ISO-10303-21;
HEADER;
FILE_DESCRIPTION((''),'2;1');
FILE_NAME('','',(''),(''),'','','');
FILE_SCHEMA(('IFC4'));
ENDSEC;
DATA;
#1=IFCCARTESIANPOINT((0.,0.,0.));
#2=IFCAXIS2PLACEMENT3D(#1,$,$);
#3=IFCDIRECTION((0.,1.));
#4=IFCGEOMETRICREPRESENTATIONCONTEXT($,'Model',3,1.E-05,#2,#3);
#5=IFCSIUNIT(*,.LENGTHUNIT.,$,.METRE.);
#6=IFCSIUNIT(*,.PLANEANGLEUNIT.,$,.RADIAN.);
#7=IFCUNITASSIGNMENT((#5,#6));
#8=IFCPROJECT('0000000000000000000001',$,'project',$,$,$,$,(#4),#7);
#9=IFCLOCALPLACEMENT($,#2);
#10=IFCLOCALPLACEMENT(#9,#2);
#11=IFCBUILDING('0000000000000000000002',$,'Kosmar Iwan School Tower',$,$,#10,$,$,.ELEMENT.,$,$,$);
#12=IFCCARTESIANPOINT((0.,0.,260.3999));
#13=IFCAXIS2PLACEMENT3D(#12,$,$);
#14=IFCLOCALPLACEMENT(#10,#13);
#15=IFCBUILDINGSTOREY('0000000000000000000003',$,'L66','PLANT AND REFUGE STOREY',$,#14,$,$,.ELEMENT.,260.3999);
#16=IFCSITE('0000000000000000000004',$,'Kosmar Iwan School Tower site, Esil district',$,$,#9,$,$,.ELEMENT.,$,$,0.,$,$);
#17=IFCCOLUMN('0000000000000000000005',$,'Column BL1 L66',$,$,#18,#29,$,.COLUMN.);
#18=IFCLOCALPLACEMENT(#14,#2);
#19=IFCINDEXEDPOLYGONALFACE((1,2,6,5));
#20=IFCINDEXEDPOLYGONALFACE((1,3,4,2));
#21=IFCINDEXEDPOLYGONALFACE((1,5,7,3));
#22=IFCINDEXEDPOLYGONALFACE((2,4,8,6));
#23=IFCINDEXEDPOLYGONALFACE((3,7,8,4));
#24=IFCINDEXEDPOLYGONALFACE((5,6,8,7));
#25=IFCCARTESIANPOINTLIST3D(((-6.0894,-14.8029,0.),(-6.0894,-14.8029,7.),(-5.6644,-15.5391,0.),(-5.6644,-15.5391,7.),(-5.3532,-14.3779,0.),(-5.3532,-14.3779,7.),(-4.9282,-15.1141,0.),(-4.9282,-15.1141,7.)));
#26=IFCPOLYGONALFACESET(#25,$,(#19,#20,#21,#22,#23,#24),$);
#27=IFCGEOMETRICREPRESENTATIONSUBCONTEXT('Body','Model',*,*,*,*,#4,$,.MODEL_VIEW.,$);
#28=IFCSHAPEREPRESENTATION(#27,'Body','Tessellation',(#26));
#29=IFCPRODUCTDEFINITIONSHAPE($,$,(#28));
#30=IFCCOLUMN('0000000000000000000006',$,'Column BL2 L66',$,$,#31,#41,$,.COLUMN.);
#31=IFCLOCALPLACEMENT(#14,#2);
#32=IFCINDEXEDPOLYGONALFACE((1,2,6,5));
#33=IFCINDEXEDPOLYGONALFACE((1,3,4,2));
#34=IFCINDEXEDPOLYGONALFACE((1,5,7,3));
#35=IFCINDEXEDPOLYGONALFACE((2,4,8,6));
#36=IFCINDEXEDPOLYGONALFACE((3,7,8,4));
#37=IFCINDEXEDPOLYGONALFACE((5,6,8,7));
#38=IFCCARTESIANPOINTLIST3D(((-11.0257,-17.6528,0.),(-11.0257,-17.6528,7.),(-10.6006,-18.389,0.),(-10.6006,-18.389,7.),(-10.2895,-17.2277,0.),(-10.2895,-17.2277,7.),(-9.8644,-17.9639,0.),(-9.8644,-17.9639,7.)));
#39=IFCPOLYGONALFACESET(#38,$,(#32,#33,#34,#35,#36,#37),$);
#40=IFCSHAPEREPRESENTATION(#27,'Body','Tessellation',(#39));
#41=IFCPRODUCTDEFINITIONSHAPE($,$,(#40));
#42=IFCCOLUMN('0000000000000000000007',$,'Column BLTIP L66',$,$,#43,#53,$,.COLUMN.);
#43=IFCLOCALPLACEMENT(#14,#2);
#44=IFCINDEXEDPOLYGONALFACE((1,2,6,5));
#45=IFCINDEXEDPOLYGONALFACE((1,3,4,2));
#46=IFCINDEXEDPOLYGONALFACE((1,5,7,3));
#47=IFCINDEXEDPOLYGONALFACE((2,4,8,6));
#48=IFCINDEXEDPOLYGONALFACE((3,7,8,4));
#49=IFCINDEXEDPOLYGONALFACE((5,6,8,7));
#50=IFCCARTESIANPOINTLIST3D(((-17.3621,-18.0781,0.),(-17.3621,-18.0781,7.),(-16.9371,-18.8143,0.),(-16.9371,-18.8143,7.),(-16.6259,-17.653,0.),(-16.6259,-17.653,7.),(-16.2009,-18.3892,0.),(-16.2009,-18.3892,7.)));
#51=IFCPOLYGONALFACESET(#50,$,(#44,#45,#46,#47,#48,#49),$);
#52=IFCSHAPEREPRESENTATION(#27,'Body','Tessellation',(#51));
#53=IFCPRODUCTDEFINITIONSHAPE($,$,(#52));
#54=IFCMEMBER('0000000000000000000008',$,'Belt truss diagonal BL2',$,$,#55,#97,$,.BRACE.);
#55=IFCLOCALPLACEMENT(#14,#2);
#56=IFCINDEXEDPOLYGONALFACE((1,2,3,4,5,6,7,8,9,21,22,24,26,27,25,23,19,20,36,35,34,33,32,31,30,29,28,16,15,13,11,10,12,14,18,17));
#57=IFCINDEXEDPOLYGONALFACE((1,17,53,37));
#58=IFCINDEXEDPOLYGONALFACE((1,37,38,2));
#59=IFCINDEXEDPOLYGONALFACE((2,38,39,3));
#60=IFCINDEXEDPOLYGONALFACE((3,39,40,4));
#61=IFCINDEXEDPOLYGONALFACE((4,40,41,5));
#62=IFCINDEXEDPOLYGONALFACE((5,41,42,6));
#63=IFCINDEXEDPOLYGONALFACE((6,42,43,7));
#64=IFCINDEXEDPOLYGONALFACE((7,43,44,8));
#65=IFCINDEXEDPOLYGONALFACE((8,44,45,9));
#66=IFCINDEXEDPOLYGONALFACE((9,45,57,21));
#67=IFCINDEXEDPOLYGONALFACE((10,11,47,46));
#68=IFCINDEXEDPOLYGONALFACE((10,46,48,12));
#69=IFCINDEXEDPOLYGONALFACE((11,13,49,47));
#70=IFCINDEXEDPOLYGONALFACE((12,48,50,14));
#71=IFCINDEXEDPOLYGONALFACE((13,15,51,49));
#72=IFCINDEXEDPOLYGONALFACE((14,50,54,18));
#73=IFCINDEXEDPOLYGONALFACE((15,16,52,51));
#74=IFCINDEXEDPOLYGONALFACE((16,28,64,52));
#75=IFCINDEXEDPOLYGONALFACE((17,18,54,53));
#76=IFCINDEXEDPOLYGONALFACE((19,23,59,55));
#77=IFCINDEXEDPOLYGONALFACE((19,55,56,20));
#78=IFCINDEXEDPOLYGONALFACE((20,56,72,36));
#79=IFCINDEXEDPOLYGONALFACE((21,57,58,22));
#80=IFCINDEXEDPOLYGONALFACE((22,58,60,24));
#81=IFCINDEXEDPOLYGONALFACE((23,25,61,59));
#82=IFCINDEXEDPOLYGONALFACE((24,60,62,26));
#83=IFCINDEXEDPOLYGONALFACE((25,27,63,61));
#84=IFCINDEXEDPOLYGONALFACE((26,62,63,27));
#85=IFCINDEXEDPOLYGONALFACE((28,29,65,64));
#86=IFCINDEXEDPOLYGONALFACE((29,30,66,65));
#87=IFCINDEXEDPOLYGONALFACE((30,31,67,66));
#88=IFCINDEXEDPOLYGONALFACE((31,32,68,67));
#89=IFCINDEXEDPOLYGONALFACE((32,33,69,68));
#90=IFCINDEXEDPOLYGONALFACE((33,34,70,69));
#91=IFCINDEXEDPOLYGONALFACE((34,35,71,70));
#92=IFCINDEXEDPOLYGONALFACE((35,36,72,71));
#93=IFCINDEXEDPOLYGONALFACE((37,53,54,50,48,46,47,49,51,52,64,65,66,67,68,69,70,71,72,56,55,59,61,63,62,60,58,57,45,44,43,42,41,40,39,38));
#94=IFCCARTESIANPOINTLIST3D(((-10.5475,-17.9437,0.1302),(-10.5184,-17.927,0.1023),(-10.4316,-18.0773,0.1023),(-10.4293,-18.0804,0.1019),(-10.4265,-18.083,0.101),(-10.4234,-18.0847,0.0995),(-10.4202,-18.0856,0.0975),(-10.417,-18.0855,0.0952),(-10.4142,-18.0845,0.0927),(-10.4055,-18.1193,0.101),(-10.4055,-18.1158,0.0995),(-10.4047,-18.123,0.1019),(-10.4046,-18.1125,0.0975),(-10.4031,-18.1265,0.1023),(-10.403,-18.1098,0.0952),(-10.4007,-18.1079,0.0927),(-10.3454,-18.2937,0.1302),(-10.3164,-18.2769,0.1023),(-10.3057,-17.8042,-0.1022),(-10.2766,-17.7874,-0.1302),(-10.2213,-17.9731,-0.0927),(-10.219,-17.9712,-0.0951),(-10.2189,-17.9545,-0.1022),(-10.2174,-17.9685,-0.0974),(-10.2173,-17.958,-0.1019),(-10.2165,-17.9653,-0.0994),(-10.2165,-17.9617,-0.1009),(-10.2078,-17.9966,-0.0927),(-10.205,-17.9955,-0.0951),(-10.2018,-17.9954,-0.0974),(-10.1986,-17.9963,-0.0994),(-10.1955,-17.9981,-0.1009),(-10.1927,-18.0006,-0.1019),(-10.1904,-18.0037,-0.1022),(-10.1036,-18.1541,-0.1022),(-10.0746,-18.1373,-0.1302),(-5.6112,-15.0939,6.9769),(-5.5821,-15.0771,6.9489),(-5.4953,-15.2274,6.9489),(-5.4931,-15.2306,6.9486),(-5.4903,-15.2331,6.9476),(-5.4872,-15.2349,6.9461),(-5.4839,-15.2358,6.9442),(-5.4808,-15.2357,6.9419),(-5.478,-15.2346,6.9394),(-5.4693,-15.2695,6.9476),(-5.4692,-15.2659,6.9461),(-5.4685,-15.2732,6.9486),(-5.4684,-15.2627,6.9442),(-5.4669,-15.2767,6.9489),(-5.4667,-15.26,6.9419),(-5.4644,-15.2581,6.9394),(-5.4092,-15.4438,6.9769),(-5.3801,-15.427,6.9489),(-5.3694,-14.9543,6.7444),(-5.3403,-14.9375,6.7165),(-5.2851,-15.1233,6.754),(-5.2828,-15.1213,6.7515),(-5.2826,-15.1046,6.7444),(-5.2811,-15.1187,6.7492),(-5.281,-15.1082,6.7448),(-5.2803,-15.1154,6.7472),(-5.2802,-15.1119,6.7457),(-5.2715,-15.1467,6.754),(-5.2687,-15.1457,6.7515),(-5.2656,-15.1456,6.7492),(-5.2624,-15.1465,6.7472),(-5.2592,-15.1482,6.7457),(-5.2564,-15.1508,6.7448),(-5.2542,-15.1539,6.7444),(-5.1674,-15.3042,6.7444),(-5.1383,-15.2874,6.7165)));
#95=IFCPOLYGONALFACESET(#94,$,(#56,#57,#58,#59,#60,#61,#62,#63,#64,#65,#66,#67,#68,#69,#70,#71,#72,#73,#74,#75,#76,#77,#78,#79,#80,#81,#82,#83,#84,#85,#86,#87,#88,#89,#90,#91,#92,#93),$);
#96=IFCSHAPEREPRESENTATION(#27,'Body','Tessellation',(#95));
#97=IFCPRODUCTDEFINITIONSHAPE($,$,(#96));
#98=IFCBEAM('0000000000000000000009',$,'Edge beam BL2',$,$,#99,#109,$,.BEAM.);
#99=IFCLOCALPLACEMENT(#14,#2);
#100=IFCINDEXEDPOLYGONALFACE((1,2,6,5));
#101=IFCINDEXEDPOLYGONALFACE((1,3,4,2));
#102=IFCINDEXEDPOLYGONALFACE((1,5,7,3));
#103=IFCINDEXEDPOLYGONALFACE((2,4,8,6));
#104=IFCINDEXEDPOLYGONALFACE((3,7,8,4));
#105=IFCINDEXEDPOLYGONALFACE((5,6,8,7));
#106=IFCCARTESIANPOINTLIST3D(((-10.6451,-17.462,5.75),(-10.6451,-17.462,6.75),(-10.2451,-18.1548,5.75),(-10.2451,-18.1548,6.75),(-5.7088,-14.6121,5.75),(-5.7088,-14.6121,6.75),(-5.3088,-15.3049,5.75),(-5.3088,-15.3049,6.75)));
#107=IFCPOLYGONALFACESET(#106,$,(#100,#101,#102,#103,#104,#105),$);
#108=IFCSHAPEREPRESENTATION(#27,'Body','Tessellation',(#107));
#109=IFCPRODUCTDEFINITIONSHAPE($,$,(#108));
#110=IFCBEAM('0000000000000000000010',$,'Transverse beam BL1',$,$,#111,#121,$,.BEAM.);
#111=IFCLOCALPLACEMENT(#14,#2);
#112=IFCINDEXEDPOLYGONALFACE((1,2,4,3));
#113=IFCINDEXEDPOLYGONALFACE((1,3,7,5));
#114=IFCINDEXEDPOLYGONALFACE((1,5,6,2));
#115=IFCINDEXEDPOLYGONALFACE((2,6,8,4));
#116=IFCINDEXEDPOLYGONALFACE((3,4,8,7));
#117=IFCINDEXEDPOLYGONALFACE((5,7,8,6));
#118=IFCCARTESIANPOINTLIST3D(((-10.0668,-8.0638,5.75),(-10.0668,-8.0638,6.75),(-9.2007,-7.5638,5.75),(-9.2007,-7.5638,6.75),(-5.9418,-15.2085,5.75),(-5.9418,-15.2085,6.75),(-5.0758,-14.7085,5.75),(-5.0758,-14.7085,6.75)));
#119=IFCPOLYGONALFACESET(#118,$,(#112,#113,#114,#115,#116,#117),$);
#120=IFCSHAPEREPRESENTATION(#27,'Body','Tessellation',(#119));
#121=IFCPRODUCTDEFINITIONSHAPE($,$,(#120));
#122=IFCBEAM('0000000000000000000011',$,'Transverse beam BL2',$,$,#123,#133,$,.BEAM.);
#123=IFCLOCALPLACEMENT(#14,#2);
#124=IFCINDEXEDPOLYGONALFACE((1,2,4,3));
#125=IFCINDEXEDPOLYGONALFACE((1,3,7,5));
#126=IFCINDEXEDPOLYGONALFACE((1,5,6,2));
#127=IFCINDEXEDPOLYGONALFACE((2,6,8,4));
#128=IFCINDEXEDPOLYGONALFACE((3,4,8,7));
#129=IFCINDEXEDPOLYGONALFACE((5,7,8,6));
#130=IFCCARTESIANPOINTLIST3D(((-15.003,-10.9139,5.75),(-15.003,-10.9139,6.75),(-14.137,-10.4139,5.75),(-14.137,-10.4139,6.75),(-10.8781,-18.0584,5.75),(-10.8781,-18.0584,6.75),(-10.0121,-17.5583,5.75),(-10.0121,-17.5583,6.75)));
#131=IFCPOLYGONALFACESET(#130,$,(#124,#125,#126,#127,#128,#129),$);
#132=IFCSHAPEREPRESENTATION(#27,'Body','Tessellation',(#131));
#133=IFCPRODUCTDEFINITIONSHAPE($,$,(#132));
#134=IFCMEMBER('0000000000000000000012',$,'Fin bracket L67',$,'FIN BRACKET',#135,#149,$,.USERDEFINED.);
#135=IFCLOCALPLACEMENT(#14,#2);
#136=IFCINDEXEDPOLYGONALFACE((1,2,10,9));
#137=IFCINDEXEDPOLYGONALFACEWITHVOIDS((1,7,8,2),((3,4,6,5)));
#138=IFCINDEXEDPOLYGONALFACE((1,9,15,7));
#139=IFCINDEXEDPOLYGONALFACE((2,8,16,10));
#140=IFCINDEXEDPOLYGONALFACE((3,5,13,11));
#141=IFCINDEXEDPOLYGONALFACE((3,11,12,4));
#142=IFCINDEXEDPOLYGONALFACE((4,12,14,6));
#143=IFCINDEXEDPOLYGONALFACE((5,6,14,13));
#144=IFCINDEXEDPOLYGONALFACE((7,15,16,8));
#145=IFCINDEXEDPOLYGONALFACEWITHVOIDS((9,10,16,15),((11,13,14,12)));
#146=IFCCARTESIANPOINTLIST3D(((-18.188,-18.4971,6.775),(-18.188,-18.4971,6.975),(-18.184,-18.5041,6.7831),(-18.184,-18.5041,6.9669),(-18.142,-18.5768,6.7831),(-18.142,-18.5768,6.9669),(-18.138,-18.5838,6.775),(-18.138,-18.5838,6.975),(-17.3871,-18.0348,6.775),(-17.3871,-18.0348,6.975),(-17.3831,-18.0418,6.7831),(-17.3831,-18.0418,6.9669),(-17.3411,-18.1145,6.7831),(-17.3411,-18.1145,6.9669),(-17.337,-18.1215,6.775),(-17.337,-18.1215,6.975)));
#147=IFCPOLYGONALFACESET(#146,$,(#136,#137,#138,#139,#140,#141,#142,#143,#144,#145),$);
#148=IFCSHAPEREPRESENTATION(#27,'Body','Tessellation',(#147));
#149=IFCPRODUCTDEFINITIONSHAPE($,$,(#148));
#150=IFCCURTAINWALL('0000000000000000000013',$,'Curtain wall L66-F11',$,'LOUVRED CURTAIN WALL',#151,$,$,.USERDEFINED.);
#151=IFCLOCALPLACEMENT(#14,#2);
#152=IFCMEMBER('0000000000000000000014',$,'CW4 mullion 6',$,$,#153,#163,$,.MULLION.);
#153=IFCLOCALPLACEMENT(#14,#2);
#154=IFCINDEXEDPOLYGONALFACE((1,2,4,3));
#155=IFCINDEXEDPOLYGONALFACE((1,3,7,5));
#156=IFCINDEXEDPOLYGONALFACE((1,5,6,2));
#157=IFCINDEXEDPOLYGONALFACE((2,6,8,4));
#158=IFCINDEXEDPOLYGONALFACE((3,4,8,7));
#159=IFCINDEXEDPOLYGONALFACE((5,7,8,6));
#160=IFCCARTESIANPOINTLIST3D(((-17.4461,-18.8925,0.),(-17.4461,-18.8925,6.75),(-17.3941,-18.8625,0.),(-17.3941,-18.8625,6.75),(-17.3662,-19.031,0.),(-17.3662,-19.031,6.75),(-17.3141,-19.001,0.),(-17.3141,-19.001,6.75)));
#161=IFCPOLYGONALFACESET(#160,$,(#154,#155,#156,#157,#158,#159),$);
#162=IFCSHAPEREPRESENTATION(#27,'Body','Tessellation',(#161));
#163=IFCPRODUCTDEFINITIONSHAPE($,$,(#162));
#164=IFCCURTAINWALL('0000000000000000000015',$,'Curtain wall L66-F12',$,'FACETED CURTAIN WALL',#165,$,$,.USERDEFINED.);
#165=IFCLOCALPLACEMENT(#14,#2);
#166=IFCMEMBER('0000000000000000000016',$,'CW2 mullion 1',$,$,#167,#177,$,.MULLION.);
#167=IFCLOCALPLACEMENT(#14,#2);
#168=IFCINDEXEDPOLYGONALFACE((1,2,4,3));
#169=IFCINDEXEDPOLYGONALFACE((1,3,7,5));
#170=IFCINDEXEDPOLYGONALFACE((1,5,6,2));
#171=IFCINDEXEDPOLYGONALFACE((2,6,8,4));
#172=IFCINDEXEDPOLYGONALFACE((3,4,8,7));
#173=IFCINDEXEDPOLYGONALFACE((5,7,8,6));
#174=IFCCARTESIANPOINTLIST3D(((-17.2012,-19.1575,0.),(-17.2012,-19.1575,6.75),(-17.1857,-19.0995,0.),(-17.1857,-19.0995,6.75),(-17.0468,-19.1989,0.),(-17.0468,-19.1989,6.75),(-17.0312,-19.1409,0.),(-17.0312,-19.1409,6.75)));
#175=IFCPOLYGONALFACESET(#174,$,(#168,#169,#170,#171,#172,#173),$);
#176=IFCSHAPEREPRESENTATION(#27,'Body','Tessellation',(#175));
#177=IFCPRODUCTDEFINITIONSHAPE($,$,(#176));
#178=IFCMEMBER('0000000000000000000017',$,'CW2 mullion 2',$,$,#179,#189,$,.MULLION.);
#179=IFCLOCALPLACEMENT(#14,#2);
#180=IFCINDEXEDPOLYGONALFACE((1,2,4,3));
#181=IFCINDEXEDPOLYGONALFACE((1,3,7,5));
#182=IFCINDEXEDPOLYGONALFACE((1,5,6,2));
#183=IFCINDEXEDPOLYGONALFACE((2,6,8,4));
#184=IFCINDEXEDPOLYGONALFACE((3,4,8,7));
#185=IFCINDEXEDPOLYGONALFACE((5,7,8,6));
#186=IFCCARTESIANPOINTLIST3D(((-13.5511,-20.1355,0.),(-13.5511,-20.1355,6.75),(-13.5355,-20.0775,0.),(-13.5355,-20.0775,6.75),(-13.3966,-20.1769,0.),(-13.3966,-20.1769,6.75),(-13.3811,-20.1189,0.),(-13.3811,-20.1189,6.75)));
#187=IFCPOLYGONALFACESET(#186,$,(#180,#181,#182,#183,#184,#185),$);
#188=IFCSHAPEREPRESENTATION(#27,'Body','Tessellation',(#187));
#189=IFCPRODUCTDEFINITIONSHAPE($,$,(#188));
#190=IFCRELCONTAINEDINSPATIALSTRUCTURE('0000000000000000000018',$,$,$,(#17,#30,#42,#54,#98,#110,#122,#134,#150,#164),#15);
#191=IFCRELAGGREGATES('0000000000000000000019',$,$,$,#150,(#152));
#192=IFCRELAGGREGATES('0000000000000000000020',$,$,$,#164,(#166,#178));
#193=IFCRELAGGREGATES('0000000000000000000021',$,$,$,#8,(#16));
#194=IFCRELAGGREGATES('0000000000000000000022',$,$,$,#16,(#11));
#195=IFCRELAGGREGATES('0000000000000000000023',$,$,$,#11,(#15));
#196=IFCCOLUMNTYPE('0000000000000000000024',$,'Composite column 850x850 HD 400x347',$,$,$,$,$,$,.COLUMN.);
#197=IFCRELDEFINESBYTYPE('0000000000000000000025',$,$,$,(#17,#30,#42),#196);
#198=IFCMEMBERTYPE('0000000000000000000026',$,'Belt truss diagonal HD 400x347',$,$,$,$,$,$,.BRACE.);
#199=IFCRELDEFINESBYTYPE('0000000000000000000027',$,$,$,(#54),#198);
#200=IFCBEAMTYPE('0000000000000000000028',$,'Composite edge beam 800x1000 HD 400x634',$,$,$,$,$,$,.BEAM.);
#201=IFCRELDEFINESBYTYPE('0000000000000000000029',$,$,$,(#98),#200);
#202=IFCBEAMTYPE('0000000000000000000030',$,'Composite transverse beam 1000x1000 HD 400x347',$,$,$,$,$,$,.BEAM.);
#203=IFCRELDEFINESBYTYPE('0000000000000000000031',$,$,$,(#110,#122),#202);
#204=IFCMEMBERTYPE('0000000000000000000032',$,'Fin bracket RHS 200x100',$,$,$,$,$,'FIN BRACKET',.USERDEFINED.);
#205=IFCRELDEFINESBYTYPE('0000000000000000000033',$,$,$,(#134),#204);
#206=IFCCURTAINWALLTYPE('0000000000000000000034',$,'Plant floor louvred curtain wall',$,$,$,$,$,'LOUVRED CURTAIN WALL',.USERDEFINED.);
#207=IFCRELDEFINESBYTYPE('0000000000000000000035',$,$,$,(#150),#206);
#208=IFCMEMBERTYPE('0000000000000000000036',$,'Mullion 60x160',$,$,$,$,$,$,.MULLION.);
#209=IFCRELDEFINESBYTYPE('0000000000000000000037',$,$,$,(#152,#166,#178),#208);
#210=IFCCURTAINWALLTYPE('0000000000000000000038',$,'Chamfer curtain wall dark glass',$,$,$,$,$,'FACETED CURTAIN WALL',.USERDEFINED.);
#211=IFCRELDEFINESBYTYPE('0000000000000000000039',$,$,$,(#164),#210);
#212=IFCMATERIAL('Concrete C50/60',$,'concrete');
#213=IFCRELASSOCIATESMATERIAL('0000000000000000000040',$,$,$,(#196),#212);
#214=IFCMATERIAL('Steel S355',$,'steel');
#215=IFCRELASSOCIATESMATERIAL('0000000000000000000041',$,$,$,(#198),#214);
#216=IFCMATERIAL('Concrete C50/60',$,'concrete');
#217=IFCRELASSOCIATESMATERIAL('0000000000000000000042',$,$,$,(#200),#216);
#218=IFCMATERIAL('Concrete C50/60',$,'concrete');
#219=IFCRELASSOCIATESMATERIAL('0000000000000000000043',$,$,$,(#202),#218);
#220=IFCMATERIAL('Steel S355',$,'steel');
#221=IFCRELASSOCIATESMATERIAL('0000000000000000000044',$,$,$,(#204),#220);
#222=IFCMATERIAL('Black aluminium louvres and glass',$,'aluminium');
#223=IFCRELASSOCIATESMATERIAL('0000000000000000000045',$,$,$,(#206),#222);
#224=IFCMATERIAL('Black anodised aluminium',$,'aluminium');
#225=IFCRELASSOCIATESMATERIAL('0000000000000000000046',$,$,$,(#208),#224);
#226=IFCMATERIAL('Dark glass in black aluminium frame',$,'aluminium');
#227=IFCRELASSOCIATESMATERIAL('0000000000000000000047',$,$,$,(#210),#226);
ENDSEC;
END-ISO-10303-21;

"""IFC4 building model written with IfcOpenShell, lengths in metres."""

from ifc_helpers import new_model, si_unit, direction, frame, origin, origin_2d, place, context, subcontext, project, spatial, rectangle, hollow_rectangle, i_section, extrude, material, material_profile, profile_set, type_object, element, aggregate, save


model = new_model("IFC4")

# Units and contexts
model_context = context("Model", 3, precision=1e-05, world=origin(), true_north=direction((0.0, 1.0)))
body_context = subcontext(model_context, "Body", "Model", "MODEL_VIEW")
ifc_project = project(units=[si_unit("LENGTHUNIT", "METRE"), si_unit("PLANEANGLEUNIT", "RADIAN")], contexts=[model_context])

# Site, building, storey
site_placement = place(None, origin())
site = spatial("IfcSite", under=ifc_project, at=site_placement, Name="Kosmar Iwan School Tower site, Esil district", CompositionType="ELEMENT", RefElevation=0.0)
building_placement = place(site_placement, origin())
building = spatial("IfcBuilding", under=site, at=building_placement, Name="Kosmar Iwan School Tower", CompositionType="ELEMENT")
storey_placement = place(building_placement, frame((0.0, 0.0, 260.3999)))
storey = spatial("IfcBuildingStorey", under=building, at=storey_placement, Name="L66", Description="PLANT AND REFUGE STOREY", CompositionType="ELEMENT", Elevation=260.3999)

# Columns
ifc_material_1 = material(Name="Concrete C50/60", Category="concrete")
ifc_material_profile_1 = material_profile(ifc_material_1, rectangle(XDim=0.8501, YDim=0.8501, at=origin_2d()), Name="RC 850x850 + HD 400x347")
ifc_profile_set_1 = profile_set([ifc_material_profile_1], Name="Concrete C50/60")
column_type = type_object("IfcColumnType", Name="Composite column 850x850 HD 400x347", PredefinedType="COLUMN", material=ifc_profile_set_1)
for number, where, z_axis, x_axis, name in (
    (1, (-5.5088, -14.9585, 0.0), (0.0, 0.0, 1.0), (-0.866025, -0.5, 0.0), "Column BL1 L66"),
    (2, (-10.4451, -17.8083, 0.0), (0.0, 0.0, 1.0), (-0.866025, -0.5, 0.0), "Column BL2 L66"),
    (3, (-16.7815, -18.2336, 0.0), (0.0, 0.0, 1.0), (-0.866025, -0.5, 0.0), "Column BLTIP L66"),
):
    element("IfcColumn", number, at=place(storey_placement, frame(where, z_axis=z_axis, x_axis=x_axis)), inside=storey, type_object=column_type, Name=name, PredefinedType="COLUMN", context=body_context, shape_type="SweptSolid", body=[
        extrude(rectangle(XDim=0.8501, YDim=0.8501, at=origin_2d()), origin(), (0.0, 0.0, 1.0), 7.0),
    ])

# Member
ifc_material_2 = material(Name="Steel S355", Category="steel")
ifc_material_profile_2 = material_profile(ifc_material_2, i_section(OverallWidth=0.4041, OverallDepth=0.407, WebThickness=0.0271, FlangeThickness=0.0437, FilletRadius=0.0149, at=origin_2d()), Name="HD 400x347")
ifc_profile_set_2 = profile_set([ifc_material_profile_2], Name="Steel S355")
member_type_1 = type_object("IfcMemberType", Name="Belt truss diagonal HD 400x347", PredefinedType="BRACE", material=ifc_profile_set_2)
member_1_placement = place(storey_placement, frame((-5.3748, -15.1907, 6.8467), z_axis=(-0.554094, -0.319894, -0.768536), x_axis=(0.499986, -0.866034, 0.0)))
element("IfcMember", 4, at=member_1_placement, inside=storey, type_object=member_type_1, Name="Belt truss diagonal BL2", PredefinedType="BRACE", context=body_context, shape_type="SweptSolid", body=[
    extrude(i_section(OverallWidth=0.4041, OverallDepth=0.407, WebThickness=0.0271, FlangeThickness=0.0437, FilletRadius=0.0149, at=origin_2d()), origin(), (0.0, 0.0, 1.0), 8.9087),
])

# Beams
ifc_material_3 = material(Name="Concrete C50/60", Category="concrete")
ifc_material_profile_3 = material_profile(ifc_material_3, rectangle(XDim=0.8, YDim=1.0, at=origin_2d()), Name="RC 800x1000 + HD 400x634")
ifc_profile_set_3 = profile_set([ifc_material_profile_3], Name="Concrete C50/60")
beam_type_1 = type_object("IfcBeamType", Name="Composite edge beam 800x1000 HD 400x634", PredefinedType="BEAM", material=ifc_profile_set_3)
beam_1_placement = place(storey_placement, frame((-5.5088, -14.9585, 6.25), z_axis=(-0.866034, -0.499986, 0.0), x_axis=(0.499986, -0.866034, 0.0)))
element("IfcBeam", 5, at=beam_1_placement, inside=storey, type_object=beam_type_1, Name="Edge beam BL2", PredefinedType="BEAM", context=body_context, shape_type="SweptSolid", body=[
    extrude(rectangle(XDim=0.8, YDim=1.0, at=origin_2d()), origin(), (0.0, 0.0, 1.0), 5.7),
])
ifc_material_4 = material(Name="Concrete C50/60", Category="concrete")
ifc_material_profile_4 = material_profile(ifc_material_4, rectangle(XDim=1.0, YDim=1.0, at=origin_2d()), Name="RC 1000x1000 + HD 400x347")
ifc_profile_set_4 = profile_set([ifc_material_profile_4], Name="Concrete C50/60")
beam_type_2 = type_object("IfcBeamType", Name="Composite transverse beam 1000x1000 HD 400x347", PredefinedType="BEAM", material=ifc_profile_set_4)
beam_2_placement = place(storey_placement, frame((-5.5088, -14.9585, 6.25), z_axis=(-0.499997, 0.866027, 0.0), x_axis=(-0.866027, -0.499997, 0.0)))
element("IfcBeam", 6, at=beam_2_placement, inside=storey, type_object=beam_type_2, Name="Transverse beam BL1", PredefinedType="BEAM", context=body_context, shape_type="SweptSolid", body=[
    extrude(rectangle(XDim=1.0, YDim=1.0, at=origin_2d()), origin(), (0.0, 0.0, 1.0), 8.25),
])
beam_3_placement = place(storey_placement, frame((-10.4451, -17.8083, 6.25), z_axis=(-0.500009, 0.86602, 0.0), x_axis=(-0.86602, -0.500009, 0.0)))
element("IfcBeam", 7, at=beam_3_placement, inside=storey, type_object=beam_type_2, Name="Transverse beam BL2", PredefinedType="BEAM", context=body_context, shape_type="SweptSolid", body=[
    extrude(rectangle(XDim=1.0, YDim=1.0, at=origin_2d()), origin(), (0.0, 0.0, 1.0), 8.2498),
])

# Member
ifc_material_5 = material(Name="Steel S355", Category="steel")
ifc_material_profile_5 = material_profile(ifc_material_5, hollow_rectangle(XDim=0.1001, YDim=0.2, WallThickness=0.0081, at=origin_2d()), Name="RHS 200x100x8")
ifc_profile_set_5 = profile_set([ifc_material_profile_5], Name="Steel S355")
member_type_2 = type_object("IfcMemberType", Name="Fin bracket RHS 200x100", ElementType="FIN BRACKET", PredefinedType="USERDEFINED", material=ifc_profile_set_5)
member_2_placement = place(storey_placement, frame((-17.3621, -18.0781, 6.875), z_axis=(-0.866058, -0.499943, 0.0), x_axis=(0.499943, -0.866058, 0.0)))
element("IfcMember", 8, at=member_2_placement, inside=storey, type_object=member_type_2, Name="Fin bracket L67", ObjectType="FIN BRACKET", PredefinedType="USERDEFINED", context=body_context, shape_type="SweptSolid", body=[
    extrude(hollow_rectangle(XDim=0.1001, YDim=0.2, WallThickness=0.0081, at=origin_2d()), origin(), (0.0, 0.0, 1.0), 0.9248),
])

# Curtain wall, member
ifc_material_6 = material(Name="Black aluminium louvres and glass", Category="aluminium")
curtain_wall_type_1 = type_object("IfcCurtainWallType", Name="Plant floor louvred curtain wall", ElementType="LOUVRED CURTAIN WALL", PredefinedType="USERDEFINED", material=ifc_material_6)
curtain_wall_1_placement = place(storey_placement, origin())
curtain_wall_1 = element("IfcCurtainWall", 9, at=curtain_wall_1_placement, inside=storey, type_object=curtain_wall_type_1, Name="Curtain wall L66-F11", ObjectType="LOUVRED CURTAIN WALL", PredefinedType="USERDEFINED")
ifc_material_7 = material(Name="Black anodised aluminium", Category="aluminium")
ifc_material_profile_6 = material_profile(ifc_material_7, rectangle(XDim=0.0601, YDim=0.1599, at=origin_2d()), Name="MULLION 60x160")
ifc_profile_set_6 = profile_set([ifc_material_profile_6], Name="Black anodised aluminium")
member_type_3 = type_object("IfcMemberType", Name="Mullion 60x160", PredefinedType="MULLION", material=ifc_profile_set_6)
member_3_placement = place(storey_placement, frame((-17.3801, -18.9468, 0.0), z_axis=(0.0, 0.0, 1.0), x_axis=(0.866025, 0.5, 0.0)))
member_3 = element("IfcMember", 10, at=member_3_placement, type_object=member_type_3, Name="CW4 mullion 6", PredefinedType="MULLION", context=body_context, shape_type="SweptSolid", body=[
    extrude(rectangle(XDim=0.0601, YDim=0.1599, at=origin_2d()), origin(), (0.0, 0.0, 1.0), 6.75),
])

# Curtain wall, members
ifc_material_8 = material(Name="Dark glass in black aluminium frame", Category="aluminium")
curtain_wall_type_2 = type_object("IfcCurtainWallType", Name="Chamfer curtain wall dark glass", ElementType="FACETED CURTAIN WALL", PredefinedType="USERDEFINED", material=ifc_material_8)
curtain_wall_2_placement = place(storey_placement, origin())
curtain_wall_2 = element("IfcCurtainWall", 11, at=curtain_wall_2_placement, inside=storey, type_object=curtain_wall_type_2, Name="Curtain wall L66-F12", ObjectType="FACETED CURTAIN WALL", PredefinedType="USERDEFINED")
member_4_placement = place(storey_placement, frame((-17.1162, -19.1492, 0.0), z_axis=(0.0, 0.0, 1.0), x_axis=(0.258819, 0.965926, 0.0)))
member_4 = element("IfcMember", 12, at=member_4_placement, type_object=member_type_3, Name="CW2 mullion 1", PredefinedType="MULLION", context=body_context, shape_type="SweptSolid", body=[
    extrude(rectangle(XDim=0.0601, YDim=0.1599, at=origin_2d()), origin(), (0.0, 0.0, 1.0), 6.75),
])
member_5_placement = place(storey_placement, frame((-13.4661, -20.1272, 0.0), z_axis=(0.0, 0.0, 1.0), x_axis=(0.258819, 0.965926, 0.0)))
member_5 = element("IfcMember", 13, at=member_5_placement, type_object=member_type_3, Name="CW2 mullion 2", PredefinedType="MULLION", context=body_context, shape_type="SweptSolid", body=[
    extrude(rectangle(XDim=0.0601, YDim=0.1599, at=origin_2d()), origin(), (0.0, 0.0, 1.0), 6.75),
])

aggregate(curtain_wall_1, [member_3])
aggregate(curtain_wall_2, [member_4, member_5])

save(model, "model.ifc")
